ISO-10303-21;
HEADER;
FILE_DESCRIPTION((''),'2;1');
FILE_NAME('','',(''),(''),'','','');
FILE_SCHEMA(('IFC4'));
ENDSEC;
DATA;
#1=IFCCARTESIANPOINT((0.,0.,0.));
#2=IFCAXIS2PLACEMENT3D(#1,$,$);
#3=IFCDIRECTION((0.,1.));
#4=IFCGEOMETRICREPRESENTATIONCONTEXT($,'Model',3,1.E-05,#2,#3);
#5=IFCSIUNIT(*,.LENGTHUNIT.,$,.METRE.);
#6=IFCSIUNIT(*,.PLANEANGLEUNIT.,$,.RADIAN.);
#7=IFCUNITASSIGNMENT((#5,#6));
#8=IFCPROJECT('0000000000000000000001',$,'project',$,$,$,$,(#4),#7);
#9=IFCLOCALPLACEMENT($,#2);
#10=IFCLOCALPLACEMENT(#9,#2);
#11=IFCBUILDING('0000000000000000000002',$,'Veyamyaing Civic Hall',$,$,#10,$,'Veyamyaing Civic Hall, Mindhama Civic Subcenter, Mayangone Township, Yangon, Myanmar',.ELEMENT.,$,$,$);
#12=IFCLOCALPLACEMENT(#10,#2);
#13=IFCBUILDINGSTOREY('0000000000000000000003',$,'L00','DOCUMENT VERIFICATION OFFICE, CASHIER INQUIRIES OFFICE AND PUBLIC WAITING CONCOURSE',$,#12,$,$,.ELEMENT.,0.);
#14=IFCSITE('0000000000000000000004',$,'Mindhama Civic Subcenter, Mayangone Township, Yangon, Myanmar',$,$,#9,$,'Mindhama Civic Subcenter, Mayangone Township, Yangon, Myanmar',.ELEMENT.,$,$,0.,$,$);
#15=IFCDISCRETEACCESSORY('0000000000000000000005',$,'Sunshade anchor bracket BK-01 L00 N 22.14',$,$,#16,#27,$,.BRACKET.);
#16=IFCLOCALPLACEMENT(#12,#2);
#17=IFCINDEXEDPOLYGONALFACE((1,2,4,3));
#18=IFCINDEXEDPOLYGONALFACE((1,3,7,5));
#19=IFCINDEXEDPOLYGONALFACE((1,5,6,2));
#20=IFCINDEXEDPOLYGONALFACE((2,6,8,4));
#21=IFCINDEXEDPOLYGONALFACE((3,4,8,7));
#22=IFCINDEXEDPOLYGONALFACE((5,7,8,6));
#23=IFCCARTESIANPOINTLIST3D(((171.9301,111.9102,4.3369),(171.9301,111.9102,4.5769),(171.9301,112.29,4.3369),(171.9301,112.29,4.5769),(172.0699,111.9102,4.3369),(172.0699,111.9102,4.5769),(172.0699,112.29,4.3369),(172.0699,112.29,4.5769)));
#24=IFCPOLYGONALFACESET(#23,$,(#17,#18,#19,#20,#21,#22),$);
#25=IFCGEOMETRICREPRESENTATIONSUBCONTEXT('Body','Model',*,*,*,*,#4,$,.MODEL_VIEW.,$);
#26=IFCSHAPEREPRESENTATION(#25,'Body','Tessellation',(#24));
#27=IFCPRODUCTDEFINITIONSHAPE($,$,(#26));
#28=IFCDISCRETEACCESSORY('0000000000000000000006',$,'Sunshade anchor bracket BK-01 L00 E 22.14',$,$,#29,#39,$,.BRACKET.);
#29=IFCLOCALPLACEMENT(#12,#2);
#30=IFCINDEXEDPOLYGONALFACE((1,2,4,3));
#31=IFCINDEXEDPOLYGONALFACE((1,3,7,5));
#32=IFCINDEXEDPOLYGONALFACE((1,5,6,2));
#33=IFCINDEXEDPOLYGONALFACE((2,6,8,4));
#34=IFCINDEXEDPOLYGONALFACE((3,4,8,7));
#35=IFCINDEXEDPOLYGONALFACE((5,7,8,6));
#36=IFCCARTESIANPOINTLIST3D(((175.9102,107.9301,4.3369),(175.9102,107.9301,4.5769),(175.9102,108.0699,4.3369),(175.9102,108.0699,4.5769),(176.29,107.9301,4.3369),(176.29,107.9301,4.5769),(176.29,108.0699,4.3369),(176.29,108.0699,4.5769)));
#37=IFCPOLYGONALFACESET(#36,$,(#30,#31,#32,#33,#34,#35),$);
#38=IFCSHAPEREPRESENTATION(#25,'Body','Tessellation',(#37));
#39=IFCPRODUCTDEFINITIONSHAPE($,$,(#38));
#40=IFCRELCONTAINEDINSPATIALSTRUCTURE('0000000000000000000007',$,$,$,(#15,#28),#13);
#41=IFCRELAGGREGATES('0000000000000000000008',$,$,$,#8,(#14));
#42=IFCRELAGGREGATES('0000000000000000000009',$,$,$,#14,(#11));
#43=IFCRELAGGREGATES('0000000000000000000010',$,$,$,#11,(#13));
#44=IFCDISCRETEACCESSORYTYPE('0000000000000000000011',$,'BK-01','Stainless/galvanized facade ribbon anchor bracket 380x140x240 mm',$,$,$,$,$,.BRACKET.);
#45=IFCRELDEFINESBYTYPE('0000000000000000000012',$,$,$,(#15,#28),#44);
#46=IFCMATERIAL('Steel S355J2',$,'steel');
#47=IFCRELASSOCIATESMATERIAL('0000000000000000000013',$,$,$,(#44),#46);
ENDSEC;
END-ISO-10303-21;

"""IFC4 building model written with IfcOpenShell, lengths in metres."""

from ifc_helpers import new_model, si_unit, direction, frame, origin, origin_2d, place, context, subcontext, project, spatial, rectangle, extrude, material, type_object, element, save


model = new_model("IFC4")

# Units and contexts
model_context = context("Model", 3, precision=1e-05, world=origin(), true_north=direction((0.0, 1.0)))
body_context = subcontext(model_context, "Body", "Model", "MODEL_VIEW")
ifc_project = project(units=[si_unit("LENGTHUNIT", "METRE"), si_unit("PLANEANGLEUNIT", "RADIAN")], contexts=[model_context])

# Site, building, storey
site_placement = place(None, origin())
site = spatial("IfcSite", under=ifc_project, at=site_placement, Name="Mindhama Civic Subcenter, Mayangone Township, Yangon, Myanmar", LongName="Mindhama Civic Subcenter, Mayangone Township, Yangon, Myanmar", CompositionType="ELEMENT", RefElevation=0.0)
building_placement = place(site_placement, origin())
building = spatial("IfcBuilding", under=site, at=building_placement, Name="Veyamyaing Civic Hall", LongName="Veyamyaing Civic Hall, Mindhama Civic Subcenter, Mayangone Township, Yangon, Myanmar", CompositionType="ELEMENT")
storey_placement = place(building_placement, origin())
storey = spatial("IfcBuildingStorey", under=building, at=storey_placement, Name="L00", Description="DOCUMENT VERIFICATION OFFICE, CASHIER INQUIRIES OFFICE AND PUBLIC WAITING CONCOURSE", CompositionType="ELEMENT", Elevation=0.0)

# Discrete accessories
ifc_material_1 = material(Name="Steel S355J2", Category="steel")
discrete_accessory_type = type_object("IfcDiscreteAccessoryType", Name="BK-01", Description="Stainless/galvanized facade ribbon anchor bracket 380x140x240 mm", PredefinedType="BRACKET", material=ifc_material_1)
for number, where, z_axis, x_axis, name in (
    (1, (172.0, 112.1001, 4.3369), (0.0, 0.0, 1.0), (0.0, 1.0, 0.0), "Sunshade anchor bracket BK-01 L00 N 22.14"),
    (2, (176.1001, 108.0, 4.3369), (0.0, 0.0, 1.0), (1.0, 0.0, 0.0), "Sunshade anchor bracket BK-01 L00 E 22.14"),
):
    element("IfcDiscreteAccessory", number, at=place(storey_placement, frame(where, z_axis=z_axis, x_axis=x_axis)), inside=storey, type_object=discrete_accessory_type, Name=name, PredefinedType="BRACKET", context=body_context, shape_type="SweptSolid", body=[
        extrude(rectangle(XDim=0.3799, YDim=0.1399, at=origin_2d()), origin(), (0.0, 0.0, 1.0), 0.24),
    ])

save(model, "model.ifc")
